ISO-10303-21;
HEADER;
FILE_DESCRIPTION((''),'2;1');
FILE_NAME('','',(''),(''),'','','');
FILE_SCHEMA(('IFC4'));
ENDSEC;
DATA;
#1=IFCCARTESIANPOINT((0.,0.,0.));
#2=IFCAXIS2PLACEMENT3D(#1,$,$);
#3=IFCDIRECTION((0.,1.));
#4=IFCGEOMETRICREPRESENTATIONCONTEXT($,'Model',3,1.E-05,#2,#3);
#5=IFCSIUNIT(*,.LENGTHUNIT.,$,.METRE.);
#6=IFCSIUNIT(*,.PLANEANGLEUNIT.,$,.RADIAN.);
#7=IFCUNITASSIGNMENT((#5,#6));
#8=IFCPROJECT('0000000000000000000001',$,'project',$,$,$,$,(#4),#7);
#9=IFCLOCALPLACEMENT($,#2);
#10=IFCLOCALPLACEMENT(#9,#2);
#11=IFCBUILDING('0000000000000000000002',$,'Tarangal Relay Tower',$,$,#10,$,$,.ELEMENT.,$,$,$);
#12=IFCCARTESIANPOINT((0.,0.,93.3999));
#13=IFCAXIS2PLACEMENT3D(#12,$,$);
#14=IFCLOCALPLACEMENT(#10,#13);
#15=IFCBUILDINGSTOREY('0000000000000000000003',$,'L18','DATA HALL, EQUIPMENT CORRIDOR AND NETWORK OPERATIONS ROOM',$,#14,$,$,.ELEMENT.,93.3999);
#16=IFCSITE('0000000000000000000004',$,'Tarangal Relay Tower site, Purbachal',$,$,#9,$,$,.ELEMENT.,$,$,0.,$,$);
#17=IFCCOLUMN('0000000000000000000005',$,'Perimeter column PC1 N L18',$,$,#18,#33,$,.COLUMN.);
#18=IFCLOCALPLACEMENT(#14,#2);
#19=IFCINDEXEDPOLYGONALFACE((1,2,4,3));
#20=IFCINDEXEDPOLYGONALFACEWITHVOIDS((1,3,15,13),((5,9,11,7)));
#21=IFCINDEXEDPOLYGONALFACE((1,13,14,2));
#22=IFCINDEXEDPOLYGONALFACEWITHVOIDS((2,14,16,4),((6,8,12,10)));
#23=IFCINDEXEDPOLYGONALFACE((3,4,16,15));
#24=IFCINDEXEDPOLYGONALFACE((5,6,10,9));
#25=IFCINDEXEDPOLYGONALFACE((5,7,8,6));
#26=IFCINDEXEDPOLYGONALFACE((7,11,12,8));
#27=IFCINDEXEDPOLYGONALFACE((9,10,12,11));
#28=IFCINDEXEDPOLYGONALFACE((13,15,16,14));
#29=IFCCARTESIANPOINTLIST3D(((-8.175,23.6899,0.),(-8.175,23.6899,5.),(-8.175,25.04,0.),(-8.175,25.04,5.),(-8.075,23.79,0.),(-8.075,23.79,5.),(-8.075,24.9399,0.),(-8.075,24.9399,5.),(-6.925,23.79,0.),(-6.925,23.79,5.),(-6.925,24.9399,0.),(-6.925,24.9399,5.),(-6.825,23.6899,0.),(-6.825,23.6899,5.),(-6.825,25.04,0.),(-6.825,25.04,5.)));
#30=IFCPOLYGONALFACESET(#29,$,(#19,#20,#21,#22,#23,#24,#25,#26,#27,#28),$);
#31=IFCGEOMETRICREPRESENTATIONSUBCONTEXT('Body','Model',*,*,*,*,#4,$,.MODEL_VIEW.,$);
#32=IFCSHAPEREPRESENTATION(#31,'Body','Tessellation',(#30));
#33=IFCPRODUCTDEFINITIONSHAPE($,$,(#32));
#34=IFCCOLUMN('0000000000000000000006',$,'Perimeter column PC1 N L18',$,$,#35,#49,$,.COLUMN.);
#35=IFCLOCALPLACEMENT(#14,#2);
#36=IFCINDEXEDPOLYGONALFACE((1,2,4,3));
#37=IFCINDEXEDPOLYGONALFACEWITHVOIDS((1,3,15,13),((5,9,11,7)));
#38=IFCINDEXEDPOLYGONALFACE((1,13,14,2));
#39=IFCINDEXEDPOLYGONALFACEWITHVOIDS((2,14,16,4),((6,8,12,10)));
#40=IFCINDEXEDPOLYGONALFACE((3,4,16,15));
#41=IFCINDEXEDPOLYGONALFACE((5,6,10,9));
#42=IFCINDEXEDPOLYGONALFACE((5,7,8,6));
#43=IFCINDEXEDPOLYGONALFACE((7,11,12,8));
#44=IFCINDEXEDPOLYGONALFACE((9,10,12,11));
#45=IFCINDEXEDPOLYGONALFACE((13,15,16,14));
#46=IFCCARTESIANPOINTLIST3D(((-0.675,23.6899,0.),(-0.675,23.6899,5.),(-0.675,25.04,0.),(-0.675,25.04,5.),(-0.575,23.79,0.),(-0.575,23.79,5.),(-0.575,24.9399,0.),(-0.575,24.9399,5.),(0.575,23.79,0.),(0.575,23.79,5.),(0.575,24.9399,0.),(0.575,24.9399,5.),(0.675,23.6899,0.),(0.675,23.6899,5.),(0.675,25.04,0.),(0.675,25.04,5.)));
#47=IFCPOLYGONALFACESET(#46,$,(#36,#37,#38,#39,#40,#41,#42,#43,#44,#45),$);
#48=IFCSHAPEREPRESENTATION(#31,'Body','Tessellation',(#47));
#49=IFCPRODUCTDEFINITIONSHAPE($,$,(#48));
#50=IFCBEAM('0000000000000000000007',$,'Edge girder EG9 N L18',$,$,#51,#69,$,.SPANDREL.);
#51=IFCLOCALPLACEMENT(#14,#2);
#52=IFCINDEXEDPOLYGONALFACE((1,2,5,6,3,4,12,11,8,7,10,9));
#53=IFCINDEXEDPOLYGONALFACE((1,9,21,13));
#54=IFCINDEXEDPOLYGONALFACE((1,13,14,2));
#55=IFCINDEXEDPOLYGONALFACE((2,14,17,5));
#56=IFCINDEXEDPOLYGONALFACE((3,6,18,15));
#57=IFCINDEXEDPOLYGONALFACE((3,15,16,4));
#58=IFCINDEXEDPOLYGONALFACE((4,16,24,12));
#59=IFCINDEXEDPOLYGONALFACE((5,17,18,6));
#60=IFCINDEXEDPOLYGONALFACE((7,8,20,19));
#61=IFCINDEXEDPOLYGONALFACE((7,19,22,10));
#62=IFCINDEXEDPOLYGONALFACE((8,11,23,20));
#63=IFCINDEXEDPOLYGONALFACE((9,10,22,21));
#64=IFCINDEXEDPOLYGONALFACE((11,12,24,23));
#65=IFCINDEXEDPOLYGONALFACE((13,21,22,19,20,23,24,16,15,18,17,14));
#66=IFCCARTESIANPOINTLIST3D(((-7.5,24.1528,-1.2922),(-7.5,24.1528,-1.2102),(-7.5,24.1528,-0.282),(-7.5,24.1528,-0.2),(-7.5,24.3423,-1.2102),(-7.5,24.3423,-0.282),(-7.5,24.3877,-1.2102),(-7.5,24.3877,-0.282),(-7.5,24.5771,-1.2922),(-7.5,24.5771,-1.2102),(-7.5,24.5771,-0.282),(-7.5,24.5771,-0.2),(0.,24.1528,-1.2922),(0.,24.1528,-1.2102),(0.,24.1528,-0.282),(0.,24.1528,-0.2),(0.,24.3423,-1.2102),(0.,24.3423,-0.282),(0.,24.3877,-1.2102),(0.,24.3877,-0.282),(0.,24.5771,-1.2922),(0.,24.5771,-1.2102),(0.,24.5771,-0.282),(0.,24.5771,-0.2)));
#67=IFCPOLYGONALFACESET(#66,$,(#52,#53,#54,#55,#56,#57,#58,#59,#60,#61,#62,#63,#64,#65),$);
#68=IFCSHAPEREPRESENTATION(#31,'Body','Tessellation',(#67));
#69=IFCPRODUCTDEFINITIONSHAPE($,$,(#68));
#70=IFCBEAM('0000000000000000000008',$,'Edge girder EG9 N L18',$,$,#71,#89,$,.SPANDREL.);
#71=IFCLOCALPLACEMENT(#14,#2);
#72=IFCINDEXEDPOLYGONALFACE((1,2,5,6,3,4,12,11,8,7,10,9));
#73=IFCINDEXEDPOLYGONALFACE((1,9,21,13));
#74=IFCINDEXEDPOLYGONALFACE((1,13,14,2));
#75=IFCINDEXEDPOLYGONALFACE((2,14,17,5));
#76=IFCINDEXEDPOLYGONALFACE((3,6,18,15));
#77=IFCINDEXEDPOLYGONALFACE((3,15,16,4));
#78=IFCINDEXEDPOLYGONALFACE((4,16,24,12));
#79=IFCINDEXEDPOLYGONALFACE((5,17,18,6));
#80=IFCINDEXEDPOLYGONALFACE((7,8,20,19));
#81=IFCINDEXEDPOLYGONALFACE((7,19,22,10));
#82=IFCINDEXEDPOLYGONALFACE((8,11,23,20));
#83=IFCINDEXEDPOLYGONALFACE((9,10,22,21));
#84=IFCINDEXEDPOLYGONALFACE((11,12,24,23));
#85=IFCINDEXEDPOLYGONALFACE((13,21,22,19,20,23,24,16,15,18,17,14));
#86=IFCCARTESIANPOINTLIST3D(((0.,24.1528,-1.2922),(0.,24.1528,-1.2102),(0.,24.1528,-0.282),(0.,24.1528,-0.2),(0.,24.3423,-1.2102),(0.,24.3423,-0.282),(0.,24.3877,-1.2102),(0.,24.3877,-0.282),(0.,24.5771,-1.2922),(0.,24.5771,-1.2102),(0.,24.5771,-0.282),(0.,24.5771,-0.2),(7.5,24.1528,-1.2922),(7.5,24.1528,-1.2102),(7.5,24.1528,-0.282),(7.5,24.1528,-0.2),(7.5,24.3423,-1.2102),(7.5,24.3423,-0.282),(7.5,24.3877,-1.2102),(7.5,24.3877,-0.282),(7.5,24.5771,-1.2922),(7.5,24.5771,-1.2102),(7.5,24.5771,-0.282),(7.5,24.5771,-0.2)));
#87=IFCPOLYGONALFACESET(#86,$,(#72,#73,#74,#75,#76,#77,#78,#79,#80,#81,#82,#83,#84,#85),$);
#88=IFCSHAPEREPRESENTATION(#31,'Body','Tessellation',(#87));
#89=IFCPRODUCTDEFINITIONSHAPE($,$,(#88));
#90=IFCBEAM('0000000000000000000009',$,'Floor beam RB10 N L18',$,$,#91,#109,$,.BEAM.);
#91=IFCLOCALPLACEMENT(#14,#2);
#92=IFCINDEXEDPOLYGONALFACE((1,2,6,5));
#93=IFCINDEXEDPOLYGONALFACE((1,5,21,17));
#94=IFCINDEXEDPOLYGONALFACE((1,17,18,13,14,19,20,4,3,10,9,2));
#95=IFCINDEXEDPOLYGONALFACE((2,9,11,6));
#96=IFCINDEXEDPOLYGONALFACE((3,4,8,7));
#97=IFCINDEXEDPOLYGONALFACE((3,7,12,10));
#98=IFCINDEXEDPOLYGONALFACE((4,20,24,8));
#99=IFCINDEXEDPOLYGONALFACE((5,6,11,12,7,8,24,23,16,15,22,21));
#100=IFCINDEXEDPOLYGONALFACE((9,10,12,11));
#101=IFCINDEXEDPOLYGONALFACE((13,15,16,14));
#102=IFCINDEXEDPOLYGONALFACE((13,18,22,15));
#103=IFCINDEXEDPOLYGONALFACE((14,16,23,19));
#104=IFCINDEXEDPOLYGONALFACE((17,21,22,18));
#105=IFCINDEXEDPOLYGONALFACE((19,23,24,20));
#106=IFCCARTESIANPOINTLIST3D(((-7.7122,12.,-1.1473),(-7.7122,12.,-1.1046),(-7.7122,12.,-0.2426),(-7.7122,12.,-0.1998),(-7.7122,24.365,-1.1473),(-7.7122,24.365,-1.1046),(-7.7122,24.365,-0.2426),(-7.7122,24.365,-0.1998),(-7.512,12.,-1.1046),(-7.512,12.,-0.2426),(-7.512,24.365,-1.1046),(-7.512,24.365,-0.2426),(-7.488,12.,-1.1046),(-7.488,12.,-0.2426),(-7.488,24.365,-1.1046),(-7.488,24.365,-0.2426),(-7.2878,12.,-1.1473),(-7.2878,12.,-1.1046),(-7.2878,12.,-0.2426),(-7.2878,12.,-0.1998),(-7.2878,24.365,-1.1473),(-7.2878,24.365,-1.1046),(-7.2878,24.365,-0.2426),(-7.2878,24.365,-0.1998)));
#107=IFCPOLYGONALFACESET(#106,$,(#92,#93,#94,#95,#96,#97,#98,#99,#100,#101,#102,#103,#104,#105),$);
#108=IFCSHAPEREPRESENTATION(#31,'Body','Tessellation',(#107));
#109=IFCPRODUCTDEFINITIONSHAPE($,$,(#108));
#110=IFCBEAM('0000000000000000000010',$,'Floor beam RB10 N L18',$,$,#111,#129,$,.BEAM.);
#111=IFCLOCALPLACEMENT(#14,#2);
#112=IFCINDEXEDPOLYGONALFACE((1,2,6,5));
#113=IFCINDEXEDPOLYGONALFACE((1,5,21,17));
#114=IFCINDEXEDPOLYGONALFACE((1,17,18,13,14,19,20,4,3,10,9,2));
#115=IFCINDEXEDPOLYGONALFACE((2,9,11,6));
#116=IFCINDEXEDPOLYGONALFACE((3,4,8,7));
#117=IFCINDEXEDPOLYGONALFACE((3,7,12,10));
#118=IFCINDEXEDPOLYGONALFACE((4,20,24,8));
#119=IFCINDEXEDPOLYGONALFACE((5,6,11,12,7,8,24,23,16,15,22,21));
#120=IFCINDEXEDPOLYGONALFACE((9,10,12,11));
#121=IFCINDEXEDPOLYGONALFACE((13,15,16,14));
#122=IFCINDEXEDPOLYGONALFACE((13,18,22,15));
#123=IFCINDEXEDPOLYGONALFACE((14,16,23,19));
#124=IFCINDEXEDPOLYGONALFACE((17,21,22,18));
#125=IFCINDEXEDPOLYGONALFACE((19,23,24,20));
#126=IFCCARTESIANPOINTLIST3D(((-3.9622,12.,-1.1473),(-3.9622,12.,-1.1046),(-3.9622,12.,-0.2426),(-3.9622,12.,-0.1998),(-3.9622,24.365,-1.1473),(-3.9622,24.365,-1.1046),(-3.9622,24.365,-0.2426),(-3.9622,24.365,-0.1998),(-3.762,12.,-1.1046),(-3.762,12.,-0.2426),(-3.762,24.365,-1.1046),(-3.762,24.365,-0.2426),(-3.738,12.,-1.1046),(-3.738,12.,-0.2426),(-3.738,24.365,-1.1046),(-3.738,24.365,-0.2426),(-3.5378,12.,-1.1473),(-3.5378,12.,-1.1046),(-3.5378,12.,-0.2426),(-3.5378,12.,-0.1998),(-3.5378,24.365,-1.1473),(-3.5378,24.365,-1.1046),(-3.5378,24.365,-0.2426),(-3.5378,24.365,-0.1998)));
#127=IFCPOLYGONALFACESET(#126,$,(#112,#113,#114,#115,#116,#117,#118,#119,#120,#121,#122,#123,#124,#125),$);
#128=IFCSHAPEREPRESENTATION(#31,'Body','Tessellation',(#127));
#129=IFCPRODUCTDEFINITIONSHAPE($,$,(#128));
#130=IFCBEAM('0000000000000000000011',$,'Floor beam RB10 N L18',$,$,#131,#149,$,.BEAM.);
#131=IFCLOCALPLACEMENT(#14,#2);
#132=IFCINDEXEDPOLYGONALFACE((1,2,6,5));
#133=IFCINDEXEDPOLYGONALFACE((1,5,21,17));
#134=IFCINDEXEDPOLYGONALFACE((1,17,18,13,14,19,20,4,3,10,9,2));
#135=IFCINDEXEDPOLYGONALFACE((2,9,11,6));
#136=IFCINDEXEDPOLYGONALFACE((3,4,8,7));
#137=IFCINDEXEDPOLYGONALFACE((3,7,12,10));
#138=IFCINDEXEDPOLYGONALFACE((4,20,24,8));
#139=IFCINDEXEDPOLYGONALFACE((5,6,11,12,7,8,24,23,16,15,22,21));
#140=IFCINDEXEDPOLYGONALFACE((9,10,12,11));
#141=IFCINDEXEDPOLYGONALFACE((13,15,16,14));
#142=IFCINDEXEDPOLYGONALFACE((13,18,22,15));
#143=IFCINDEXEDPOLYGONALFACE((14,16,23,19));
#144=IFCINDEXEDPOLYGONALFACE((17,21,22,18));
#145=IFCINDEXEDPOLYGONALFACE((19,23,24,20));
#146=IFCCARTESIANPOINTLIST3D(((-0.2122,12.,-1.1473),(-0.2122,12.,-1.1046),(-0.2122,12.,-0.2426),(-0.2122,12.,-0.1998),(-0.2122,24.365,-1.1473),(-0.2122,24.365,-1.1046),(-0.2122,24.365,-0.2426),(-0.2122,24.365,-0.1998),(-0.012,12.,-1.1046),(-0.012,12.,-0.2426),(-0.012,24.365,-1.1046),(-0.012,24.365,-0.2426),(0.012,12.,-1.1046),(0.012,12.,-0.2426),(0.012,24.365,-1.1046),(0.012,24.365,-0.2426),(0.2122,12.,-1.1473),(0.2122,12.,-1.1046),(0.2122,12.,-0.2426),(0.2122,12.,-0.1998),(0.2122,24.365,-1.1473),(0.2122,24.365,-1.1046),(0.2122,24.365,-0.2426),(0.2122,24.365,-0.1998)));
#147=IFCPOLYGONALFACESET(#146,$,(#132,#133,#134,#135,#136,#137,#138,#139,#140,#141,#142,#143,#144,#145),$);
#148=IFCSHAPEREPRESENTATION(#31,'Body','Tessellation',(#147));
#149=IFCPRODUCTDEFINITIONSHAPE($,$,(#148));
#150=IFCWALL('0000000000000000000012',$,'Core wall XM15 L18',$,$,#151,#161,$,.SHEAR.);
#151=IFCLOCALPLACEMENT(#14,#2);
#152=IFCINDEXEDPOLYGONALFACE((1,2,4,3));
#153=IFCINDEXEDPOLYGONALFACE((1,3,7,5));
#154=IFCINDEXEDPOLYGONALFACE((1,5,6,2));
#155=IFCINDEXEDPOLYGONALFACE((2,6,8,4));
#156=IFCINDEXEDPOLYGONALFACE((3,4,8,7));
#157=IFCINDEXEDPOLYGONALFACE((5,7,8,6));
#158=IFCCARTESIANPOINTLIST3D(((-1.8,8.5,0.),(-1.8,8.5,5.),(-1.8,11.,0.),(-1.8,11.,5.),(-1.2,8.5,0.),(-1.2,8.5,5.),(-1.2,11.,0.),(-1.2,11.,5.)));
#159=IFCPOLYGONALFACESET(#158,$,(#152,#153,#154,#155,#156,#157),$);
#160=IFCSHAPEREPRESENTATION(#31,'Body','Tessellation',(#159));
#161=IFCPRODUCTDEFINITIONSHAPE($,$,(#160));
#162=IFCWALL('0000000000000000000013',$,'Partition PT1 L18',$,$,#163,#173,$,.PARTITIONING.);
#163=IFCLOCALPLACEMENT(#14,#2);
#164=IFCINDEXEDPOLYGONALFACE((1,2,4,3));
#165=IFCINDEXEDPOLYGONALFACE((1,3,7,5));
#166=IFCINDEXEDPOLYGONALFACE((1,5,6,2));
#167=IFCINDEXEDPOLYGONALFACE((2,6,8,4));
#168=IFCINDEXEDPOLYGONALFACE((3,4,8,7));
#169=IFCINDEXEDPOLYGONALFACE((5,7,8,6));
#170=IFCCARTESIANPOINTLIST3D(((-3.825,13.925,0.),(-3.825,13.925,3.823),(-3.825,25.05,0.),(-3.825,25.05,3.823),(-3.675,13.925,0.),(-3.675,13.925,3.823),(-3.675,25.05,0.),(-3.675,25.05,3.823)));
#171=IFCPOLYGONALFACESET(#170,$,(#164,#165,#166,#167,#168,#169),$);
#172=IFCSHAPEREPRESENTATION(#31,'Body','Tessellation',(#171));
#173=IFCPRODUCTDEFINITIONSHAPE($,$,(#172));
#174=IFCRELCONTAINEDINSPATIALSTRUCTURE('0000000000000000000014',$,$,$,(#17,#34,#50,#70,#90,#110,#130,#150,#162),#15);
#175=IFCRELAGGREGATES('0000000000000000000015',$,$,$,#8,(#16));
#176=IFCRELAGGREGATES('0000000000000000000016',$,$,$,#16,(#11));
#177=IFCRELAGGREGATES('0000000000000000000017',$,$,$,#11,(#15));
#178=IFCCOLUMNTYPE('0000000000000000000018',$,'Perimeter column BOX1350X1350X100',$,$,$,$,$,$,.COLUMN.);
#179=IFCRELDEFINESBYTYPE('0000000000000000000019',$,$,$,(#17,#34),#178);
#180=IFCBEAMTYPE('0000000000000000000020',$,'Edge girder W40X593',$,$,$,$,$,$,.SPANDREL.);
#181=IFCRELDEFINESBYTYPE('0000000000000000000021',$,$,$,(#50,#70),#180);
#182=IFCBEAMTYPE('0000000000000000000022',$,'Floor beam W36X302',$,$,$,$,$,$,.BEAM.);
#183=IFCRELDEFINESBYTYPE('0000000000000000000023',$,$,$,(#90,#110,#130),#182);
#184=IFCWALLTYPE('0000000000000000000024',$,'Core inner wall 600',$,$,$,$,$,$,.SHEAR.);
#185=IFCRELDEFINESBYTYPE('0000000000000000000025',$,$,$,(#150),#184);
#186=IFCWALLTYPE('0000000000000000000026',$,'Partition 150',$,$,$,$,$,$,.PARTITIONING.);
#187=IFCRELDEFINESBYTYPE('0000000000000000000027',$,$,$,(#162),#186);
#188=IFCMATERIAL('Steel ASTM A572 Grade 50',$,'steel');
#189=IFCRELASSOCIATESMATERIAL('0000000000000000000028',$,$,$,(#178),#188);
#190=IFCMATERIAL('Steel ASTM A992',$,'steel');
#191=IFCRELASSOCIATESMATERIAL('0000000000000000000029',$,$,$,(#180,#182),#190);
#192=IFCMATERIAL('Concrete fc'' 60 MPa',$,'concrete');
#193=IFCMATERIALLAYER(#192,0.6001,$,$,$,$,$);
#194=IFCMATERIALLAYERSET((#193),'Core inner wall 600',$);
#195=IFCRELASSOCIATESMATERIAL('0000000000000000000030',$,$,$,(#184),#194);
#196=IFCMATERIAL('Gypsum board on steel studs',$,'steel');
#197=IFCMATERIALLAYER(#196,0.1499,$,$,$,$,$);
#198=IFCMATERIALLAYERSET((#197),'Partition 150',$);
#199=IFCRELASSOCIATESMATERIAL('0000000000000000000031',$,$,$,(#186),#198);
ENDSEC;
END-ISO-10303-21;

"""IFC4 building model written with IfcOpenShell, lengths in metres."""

from ifc_helpers import new_model, si_unit, direction, frame, frame_2d, origin, origin_2d, place, context, subcontext, project, spatial, rectangle, hollow_rectangle, i_section, extrude, material, layer, layer_set, material_profile, profile_set, type_object, element, save


model = new_model("IFC4")

# Units and contexts
model_context = context("Model", 3, precision=1e-05, world=origin(), true_north=direction((0.0, 1.0)))
body_context = subcontext(model_context, "Body", "Model", "MODEL_VIEW")
ifc_project = project(units=[si_unit("LENGTHUNIT", "METRE"), si_unit("PLANEANGLEUNIT", "RADIAN")], contexts=[model_context])

# Site, building, storey
site_placement = place(None, origin())
site = spatial("IfcSite", under=ifc_project, at=site_placement, Name="Tarangal Relay Tower site, Purbachal", CompositionType="ELEMENT", RefElevation=0.0)
building_placement = place(site_placement, origin())
building = spatial("IfcBuilding", under=site, at=building_placement, Name="Tarangal Relay Tower", CompositionType="ELEMENT")
storey_placement = place(building_placement, frame((0.0, 0.0, 93.3999)))
storey = spatial("IfcBuildingStorey", under=building, at=storey_placement, Name="L18", Description="DATA HALL, EQUIPMENT CORRIDOR AND NETWORK OPERATIONS ROOM", CompositionType="ELEMENT", Elevation=93.3999)

# Columns
ifc_material_1 = material(Name="Steel ASTM A572 Grade 50", Category="steel")
ifc_material_profile_1 = material_profile(ifc_material_1, hollow_rectangle(XDim=1.3501, YDim=1.3501, WallThickness=0.1001, at=origin_2d()), Name="BOX1350X1350X100")
ifc_profile_set_1 = profile_set([ifc_material_profile_1], Name="Steel ASTM A572 Grade 50")
column_type = type_object("IfcColumnType", Name="Perimeter column BOX1350X1350X100", PredefinedType="COLUMN", material=ifc_profile_set_1)
for number, where, z_axis, x_axis, name in (
    (1, (-7.5, 24.365, 0.0), (0.0, 0.0, 1.0), (1.0, 0.0, 0.0), "Perimeter column PC1 N L18"),
    (2, (0.0, 24.365, 0.0), (0.0, 0.0, 1.0), (1.0, 0.0, 0.0), "Perimeter column PC1 N L18"),
):
    element("IfcColumn", number, at=place(storey_placement, frame(where, z_axis=z_axis, x_axis=x_axis)), inside=storey, type_object=column_type, Name=name, PredefinedType="COLUMN", context=body_context, shape_type="SweptSolid", body=[
        extrude(hollow_rectangle(XDim=1.3501, YDim=1.3501, WallThickness=0.1001, at=origin_2d()), origin(), (0.0, 0.0, 1.0), 5.0),
    ])

# Beams
ifc_material_2 = material(Name="Steel ASTM A992", Category="steel")
ifc_material_profile_2 = material_profile(ifc_material_2, i_section(OverallWidth=0.4243, OverallDepth=1.0923, WebThickness=0.0454, FlangeThickness=0.082, at=origin_2d()), Name="W40X593")
ifc_profile_set_2 = profile_set([ifc_material_profile_2], Name="Steel ASTM A992")
beam_type_1 = type_object("IfcBeamType", Name="Edge girder W40X593", PredefinedType="SPANDREL", material=ifc_profile_set_2)
for number, where, z_axis, x_axis, name in (
    (3, (-7.5, 24.365, -0.7461), (1.0, 0.0, 0.0), (0.0, 1.0, 0.0), "Edge girder EG9 N L18"),
    (4, (0.0, 24.365, -0.7461), (1.0, 0.0, 0.0), (0.0, 1.0, 0.0), "Edge girder EG9 N L18"),
):
    element("IfcBeam", number, at=place(storey_placement, frame(where, z_axis=z_axis, x_axis=x_axis)), inside=storey, type_object=beam_type_1, Name=name, PredefinedType="SPANDREL", context=body_context, shape_type="SweptSolid", body=[
        extrude(i_section(OverallWidth=0.4243, OverallDepth=1.0923, WebThickness=0.0454, FlangeThickness=0.082, at=origin_2d()), origin(), (0.0, 0.0, 1.0), 7.5),
    ])
ifc_material_profile_3 = material_profile(ifc_material_2, i_section(OverallWidth=0.4243, OverallDepth=0.9475, WebThickness=0.0239, FlangeThickness=0.0427, at=origin_2d()), Name="W36X302")
ifc_profile_set_3 = profile_set([ifc_material_profile_3], Name="Steel ASTM A992")
beam_type_2 = type_object("IfcBeamType", Name="Floor beam W36X302", PredefinedType="BEAM", material=ifc_profile_set_3)
for number, where, z_axis, x_axis, name in (
    (5, (-7.5, 12.0, -0.6736), (0.0, 1.0, 0.0), (-1.0, 0.0, 0.0), "Floor beam RB10 N L18"),
    (6, (-3.75, 12.0, -0.6736), (0.0, 1.0, 0.0), (-1.0, 0.0, 0.0), "Floor beam RB10 N L18"),
    (7, (0.0, 12.0, -0.6736), (0.0, 1.0, 0.0), (-1.0, 0.0, 0.0), "Floor beam RB10 N L18"),
):
    element("IfcBeam", number, at=place(storey_placement, frame(where, z_axis=z_axis, x_axis=x_axis)), inside=storey, type_object=beam_type_2, Name=name, PredefinedType="BEAM", context=body_context, shape_type="SweptSolid", body=[
        extrude(i_section(OverallWidth=0.4243, OverallDepth=0.9475, WebThickness=0.0239, FlangeThickness=0.0427, at=origin_2d()), origin(), (0.0, 0.0, 1.0), 12.365),
    ])

# Walls
ifc_material_3 = material(Name="Concrete fc' 60 MPa", Category="concrete")
ifc_layer_1 = layer(ifc_material_3, 0.6001)
ifc_layer_set_1 = layer_set([ifc_layer_1], Name="Core inner wall 600")
wall_type_1 = type_object("IfcWallType", Name="Core inner wall 600", PredefinedType="SHEAR", material=ifc_layer_set_1)
wall_1_placement = place(storey_placement, frame((-1.5, 8.5, 0.0), z_axis=(0.0, 0.0, 1.0), x_axis=(0.0, 1.0, 0.0)))
element("IfcWall", 8, at=wall_1_placement, inside=storey, type_object=wall_type_1, Name="Core wall XM15 L18", PredefinedType="SHEAR", context=body_context, shape_type="SweptSolid", body=[
    extrude(rectangle(XDim=2.5, YDim=0.6001, at=frame_2d((1.25, 0.0))), origin(), (0.0, 0.0, 1.0), 5.0),
])
ifc_material_4 = material(Name="Gypsum board on steel studs", Category="steel")
ifc_layer_2 = layer(ifc_material_4, 0.1499)
ifc_layer_set_2 = layer_set([ifc_layer_2], Name="Partition 150")
wall_type_2 = type_object("IfcWallType", Name="Partition 150", PredefinedType="PARTITIONING", material=ifc_layer_set_2)
wall_2_placement = place(storey_placement, frame((-3.75, 13.925, 0.0), z_axis=(0.0, 0.0, 1.0), x_axis=(0.0, 1.0, 0.0)))
element("IfcWall", 9, at=wall_2_placement, inside=storey, type_object=wall_type_2, Name="Partition PT1 L18", PredefinedType="PARTITIONING", context=body_context, shape_type="SweptSolid", body=[
    extrude(rectangle(XDim=11.125, YDim=0.1499, at=frame_2d((5.5625, 0.0))), origin(), (0.0, 0.0, 1.0), 3.823),
])

save(model, "model.ifc")
